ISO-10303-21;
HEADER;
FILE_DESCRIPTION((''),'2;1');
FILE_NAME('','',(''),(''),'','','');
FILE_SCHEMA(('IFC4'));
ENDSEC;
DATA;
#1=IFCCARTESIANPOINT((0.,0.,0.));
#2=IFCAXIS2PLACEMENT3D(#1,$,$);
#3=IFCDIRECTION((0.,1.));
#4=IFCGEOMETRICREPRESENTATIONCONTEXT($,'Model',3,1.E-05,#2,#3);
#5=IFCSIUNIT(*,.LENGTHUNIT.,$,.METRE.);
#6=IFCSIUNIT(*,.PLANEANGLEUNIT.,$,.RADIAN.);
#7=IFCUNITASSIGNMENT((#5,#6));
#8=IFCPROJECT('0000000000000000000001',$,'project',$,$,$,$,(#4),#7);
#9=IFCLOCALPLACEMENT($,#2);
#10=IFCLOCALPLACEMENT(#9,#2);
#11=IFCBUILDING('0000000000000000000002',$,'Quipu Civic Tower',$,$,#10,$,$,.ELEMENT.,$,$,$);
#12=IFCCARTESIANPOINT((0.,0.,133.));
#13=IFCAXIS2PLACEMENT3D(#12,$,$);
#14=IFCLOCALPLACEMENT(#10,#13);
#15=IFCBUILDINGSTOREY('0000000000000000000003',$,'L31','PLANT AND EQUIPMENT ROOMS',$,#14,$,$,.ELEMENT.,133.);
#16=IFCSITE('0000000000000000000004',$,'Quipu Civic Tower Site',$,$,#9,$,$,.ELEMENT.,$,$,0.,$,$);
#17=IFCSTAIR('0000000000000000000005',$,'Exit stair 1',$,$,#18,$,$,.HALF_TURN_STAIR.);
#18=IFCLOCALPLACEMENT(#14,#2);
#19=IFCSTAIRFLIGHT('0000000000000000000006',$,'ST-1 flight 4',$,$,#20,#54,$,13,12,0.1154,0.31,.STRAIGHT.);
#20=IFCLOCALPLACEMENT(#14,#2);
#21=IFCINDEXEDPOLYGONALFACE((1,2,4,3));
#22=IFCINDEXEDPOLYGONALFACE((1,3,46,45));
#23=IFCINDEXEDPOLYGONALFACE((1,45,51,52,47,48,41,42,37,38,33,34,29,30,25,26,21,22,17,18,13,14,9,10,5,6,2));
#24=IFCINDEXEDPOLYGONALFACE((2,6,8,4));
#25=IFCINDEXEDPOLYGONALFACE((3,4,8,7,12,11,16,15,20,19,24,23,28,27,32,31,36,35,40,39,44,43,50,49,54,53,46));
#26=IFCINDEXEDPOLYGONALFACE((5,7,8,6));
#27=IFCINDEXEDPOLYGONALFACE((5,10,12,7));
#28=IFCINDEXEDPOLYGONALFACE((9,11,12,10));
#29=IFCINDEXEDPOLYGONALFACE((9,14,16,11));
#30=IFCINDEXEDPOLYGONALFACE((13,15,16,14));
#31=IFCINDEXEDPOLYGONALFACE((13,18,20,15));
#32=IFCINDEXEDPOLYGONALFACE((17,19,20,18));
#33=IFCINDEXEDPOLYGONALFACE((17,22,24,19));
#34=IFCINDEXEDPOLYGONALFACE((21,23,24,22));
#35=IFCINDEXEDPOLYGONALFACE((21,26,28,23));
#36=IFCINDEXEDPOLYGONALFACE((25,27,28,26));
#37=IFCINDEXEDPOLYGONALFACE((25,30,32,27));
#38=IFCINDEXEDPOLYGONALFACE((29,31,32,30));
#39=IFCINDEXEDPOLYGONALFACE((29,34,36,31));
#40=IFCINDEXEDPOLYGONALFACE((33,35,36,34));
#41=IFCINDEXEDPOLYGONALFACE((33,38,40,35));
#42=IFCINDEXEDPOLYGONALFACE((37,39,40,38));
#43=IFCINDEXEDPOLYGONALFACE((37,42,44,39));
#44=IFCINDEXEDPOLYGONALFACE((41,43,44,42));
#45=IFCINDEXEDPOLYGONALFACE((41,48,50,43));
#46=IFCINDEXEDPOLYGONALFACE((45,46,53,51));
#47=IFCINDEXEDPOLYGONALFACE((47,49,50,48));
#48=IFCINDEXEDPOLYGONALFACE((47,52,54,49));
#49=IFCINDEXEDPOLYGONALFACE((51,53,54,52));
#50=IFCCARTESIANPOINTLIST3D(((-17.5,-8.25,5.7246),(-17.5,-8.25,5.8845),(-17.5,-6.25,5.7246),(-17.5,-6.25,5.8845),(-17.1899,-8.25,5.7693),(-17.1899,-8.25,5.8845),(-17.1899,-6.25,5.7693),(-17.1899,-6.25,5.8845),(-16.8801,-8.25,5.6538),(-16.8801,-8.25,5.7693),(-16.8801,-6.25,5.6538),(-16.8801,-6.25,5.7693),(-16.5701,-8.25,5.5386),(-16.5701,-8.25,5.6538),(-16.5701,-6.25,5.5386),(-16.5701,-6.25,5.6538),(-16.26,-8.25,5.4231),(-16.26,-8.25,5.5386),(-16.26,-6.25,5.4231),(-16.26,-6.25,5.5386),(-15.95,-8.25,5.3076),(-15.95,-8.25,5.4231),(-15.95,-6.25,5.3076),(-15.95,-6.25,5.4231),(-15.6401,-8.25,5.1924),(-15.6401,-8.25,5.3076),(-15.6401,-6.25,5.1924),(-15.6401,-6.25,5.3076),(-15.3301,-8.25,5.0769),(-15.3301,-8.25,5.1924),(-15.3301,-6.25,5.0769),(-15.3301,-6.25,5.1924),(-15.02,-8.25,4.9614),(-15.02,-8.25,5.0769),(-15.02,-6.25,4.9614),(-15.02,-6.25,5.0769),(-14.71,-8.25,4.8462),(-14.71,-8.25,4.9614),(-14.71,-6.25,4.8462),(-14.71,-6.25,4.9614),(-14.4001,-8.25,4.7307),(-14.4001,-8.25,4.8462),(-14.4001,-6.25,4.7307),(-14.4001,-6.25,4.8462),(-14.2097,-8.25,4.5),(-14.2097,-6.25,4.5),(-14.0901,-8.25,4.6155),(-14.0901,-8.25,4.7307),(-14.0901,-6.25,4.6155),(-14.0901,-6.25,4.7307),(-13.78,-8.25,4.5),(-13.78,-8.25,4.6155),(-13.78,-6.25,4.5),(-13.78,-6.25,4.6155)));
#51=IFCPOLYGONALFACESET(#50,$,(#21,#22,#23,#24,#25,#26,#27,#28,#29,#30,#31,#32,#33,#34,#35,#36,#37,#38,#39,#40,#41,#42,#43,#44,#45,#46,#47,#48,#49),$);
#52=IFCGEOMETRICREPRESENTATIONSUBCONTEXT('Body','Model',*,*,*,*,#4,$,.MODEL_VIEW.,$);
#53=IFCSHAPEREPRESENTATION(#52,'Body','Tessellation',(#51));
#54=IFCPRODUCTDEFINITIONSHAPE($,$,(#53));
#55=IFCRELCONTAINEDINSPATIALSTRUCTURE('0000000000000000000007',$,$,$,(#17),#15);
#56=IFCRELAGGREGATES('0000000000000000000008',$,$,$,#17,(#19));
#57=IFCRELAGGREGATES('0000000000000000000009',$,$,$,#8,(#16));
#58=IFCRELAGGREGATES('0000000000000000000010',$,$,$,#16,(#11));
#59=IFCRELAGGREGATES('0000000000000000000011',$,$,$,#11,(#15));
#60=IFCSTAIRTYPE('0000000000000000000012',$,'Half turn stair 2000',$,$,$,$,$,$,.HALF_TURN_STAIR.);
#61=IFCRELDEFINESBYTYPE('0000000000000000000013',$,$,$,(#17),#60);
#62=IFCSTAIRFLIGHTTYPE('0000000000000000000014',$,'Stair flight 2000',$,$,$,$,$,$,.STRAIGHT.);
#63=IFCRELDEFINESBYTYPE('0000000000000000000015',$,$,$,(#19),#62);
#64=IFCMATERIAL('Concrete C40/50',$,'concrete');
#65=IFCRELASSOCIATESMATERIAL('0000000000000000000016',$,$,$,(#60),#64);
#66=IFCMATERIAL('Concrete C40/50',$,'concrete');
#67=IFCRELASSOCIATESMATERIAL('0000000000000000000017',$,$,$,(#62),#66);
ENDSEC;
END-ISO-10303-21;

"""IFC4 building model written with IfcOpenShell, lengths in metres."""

from ifc_helpers import new_model, si_unit, direction, frame, origin, place, context, subcontext, project, spatial, polyline, outline, extrude, material, type_object, element, aggregate, save


model = new_model("IFC4")

# Units and contexts
model_context = context("Model", 3, precision=1e-05, world=origin(), true_north=direction((0.0, 1.0)))
body_context = subcontext(model_context, "Body", "Model", "MODEL_VIEW")
ifc_project = project(units=[si_unit("LENGTHUNIT", "METRE"), si_unit("PLANEANGLEUNIT", "RADIAN")], contexts=[model_context])

# Site, building, storey
site_placement = place(None, origin())
site = spatial("IfcSite", under=ifc_project, at=site_placement, Name="Quipu Civic Tower Site", CompositionType="ELEMENT", RefElevation=0.0)
building_placement = place(site_placement, origin())
building = spatial("IfcBuilding", under=site, at=building_placement, Name="Quipu Civic Tower", CompositionType="ELEMENT")
storey_placement = place(building_placement, frame((0.0, 0.0, 133.0)))
storey = spatial("IfcBuildingStorey", under=building, at=storey_placement, Name="L31", Description="PLANT AND EQUIPMENT ROOMS", CompositionType="ELEMENT", Elevation=133.0)

# Stair, stair flight
ifc_material_1 = material(Name="Concrete C40/50", Category="concrete")
stair_type = type_object("IfcStairType", Name="Half turn stair 2000", PredefinedType="HALF_TURN_STAIR", material=ifc_material_1)
stair_placement = place(storey_placement, origin())
stair = element("IfcStair", 1, at=stair_placement, inside=storey, type_object=stair_type, Name="Exit stair 1", PredefinedType="HALF_TURN_STAIR")
ifc_material_2 = material(Name="Concrete C40/50", Category="concrete")
stair_flight_type = type_object("IfcStairFlightType", Name="Stair flight 2000", PredefinedType="STRAIGHT", material=ifc_material_2)
stair_flight_1_placement = place(storey_placement, frame((-13.78, -7.25, 4.5), z_axis=(0.0, 0.0, 1.0), x_axis=(-1.0, 0.0, 0.0)))
stair_flight_1 = element("IfcStairFlight", 2, at=stair_flight_1_placement, type_object=stair_flight_type, Name="ST-1 flight 4", NumberOfRisers=13, NumberOfTreads=12, PredefinedType="STRAIGHT", RiserHeight=0.1154, TreadLength=0.31, context=body_context, shape_type="SweptSolid", body=[
    extrude(outline(polyline([(0.0, 0.0), (0.0, 0.1155), (0.3101, 0.1155), (0.3101, 0.2307), (0.6201, 0.2307), (0.6201, 0.3462), (0.9299, 0.3462), (0.9299, 0.4614), (1.24, 0.4614), (1.24, 0.5769), (1.55, 0.5769), (1.55, 0.6924), (1.8601, 0.6924), (1.8601, 0.8076), (2.1699, 0.8076), (2.1699, 0.9231), (2.48, 0.9231), (2.48, 1.0386), (2.79, 1.0386), (2.79, 1.1538), (3.1001, 1.1538), (3.1001, 1.2693), (3.4099, 1.2693), (3.4099, 1.3845), (3.72, 1.3845), (3.72, 1.5), (3.72, 1.2246), (0.4297, 0.0), (0.0, 0.0)])), frame((0.0, 1.0, 0.0), z_axis=(0.0, -1.0, 0.0), x_axis=(1.0, 0.0, 0.0)), (0.0, 0.0, 1.0), 2.0),
])
aggregate(stair, [stair_flight_1])

save(model, "model.ifc")
